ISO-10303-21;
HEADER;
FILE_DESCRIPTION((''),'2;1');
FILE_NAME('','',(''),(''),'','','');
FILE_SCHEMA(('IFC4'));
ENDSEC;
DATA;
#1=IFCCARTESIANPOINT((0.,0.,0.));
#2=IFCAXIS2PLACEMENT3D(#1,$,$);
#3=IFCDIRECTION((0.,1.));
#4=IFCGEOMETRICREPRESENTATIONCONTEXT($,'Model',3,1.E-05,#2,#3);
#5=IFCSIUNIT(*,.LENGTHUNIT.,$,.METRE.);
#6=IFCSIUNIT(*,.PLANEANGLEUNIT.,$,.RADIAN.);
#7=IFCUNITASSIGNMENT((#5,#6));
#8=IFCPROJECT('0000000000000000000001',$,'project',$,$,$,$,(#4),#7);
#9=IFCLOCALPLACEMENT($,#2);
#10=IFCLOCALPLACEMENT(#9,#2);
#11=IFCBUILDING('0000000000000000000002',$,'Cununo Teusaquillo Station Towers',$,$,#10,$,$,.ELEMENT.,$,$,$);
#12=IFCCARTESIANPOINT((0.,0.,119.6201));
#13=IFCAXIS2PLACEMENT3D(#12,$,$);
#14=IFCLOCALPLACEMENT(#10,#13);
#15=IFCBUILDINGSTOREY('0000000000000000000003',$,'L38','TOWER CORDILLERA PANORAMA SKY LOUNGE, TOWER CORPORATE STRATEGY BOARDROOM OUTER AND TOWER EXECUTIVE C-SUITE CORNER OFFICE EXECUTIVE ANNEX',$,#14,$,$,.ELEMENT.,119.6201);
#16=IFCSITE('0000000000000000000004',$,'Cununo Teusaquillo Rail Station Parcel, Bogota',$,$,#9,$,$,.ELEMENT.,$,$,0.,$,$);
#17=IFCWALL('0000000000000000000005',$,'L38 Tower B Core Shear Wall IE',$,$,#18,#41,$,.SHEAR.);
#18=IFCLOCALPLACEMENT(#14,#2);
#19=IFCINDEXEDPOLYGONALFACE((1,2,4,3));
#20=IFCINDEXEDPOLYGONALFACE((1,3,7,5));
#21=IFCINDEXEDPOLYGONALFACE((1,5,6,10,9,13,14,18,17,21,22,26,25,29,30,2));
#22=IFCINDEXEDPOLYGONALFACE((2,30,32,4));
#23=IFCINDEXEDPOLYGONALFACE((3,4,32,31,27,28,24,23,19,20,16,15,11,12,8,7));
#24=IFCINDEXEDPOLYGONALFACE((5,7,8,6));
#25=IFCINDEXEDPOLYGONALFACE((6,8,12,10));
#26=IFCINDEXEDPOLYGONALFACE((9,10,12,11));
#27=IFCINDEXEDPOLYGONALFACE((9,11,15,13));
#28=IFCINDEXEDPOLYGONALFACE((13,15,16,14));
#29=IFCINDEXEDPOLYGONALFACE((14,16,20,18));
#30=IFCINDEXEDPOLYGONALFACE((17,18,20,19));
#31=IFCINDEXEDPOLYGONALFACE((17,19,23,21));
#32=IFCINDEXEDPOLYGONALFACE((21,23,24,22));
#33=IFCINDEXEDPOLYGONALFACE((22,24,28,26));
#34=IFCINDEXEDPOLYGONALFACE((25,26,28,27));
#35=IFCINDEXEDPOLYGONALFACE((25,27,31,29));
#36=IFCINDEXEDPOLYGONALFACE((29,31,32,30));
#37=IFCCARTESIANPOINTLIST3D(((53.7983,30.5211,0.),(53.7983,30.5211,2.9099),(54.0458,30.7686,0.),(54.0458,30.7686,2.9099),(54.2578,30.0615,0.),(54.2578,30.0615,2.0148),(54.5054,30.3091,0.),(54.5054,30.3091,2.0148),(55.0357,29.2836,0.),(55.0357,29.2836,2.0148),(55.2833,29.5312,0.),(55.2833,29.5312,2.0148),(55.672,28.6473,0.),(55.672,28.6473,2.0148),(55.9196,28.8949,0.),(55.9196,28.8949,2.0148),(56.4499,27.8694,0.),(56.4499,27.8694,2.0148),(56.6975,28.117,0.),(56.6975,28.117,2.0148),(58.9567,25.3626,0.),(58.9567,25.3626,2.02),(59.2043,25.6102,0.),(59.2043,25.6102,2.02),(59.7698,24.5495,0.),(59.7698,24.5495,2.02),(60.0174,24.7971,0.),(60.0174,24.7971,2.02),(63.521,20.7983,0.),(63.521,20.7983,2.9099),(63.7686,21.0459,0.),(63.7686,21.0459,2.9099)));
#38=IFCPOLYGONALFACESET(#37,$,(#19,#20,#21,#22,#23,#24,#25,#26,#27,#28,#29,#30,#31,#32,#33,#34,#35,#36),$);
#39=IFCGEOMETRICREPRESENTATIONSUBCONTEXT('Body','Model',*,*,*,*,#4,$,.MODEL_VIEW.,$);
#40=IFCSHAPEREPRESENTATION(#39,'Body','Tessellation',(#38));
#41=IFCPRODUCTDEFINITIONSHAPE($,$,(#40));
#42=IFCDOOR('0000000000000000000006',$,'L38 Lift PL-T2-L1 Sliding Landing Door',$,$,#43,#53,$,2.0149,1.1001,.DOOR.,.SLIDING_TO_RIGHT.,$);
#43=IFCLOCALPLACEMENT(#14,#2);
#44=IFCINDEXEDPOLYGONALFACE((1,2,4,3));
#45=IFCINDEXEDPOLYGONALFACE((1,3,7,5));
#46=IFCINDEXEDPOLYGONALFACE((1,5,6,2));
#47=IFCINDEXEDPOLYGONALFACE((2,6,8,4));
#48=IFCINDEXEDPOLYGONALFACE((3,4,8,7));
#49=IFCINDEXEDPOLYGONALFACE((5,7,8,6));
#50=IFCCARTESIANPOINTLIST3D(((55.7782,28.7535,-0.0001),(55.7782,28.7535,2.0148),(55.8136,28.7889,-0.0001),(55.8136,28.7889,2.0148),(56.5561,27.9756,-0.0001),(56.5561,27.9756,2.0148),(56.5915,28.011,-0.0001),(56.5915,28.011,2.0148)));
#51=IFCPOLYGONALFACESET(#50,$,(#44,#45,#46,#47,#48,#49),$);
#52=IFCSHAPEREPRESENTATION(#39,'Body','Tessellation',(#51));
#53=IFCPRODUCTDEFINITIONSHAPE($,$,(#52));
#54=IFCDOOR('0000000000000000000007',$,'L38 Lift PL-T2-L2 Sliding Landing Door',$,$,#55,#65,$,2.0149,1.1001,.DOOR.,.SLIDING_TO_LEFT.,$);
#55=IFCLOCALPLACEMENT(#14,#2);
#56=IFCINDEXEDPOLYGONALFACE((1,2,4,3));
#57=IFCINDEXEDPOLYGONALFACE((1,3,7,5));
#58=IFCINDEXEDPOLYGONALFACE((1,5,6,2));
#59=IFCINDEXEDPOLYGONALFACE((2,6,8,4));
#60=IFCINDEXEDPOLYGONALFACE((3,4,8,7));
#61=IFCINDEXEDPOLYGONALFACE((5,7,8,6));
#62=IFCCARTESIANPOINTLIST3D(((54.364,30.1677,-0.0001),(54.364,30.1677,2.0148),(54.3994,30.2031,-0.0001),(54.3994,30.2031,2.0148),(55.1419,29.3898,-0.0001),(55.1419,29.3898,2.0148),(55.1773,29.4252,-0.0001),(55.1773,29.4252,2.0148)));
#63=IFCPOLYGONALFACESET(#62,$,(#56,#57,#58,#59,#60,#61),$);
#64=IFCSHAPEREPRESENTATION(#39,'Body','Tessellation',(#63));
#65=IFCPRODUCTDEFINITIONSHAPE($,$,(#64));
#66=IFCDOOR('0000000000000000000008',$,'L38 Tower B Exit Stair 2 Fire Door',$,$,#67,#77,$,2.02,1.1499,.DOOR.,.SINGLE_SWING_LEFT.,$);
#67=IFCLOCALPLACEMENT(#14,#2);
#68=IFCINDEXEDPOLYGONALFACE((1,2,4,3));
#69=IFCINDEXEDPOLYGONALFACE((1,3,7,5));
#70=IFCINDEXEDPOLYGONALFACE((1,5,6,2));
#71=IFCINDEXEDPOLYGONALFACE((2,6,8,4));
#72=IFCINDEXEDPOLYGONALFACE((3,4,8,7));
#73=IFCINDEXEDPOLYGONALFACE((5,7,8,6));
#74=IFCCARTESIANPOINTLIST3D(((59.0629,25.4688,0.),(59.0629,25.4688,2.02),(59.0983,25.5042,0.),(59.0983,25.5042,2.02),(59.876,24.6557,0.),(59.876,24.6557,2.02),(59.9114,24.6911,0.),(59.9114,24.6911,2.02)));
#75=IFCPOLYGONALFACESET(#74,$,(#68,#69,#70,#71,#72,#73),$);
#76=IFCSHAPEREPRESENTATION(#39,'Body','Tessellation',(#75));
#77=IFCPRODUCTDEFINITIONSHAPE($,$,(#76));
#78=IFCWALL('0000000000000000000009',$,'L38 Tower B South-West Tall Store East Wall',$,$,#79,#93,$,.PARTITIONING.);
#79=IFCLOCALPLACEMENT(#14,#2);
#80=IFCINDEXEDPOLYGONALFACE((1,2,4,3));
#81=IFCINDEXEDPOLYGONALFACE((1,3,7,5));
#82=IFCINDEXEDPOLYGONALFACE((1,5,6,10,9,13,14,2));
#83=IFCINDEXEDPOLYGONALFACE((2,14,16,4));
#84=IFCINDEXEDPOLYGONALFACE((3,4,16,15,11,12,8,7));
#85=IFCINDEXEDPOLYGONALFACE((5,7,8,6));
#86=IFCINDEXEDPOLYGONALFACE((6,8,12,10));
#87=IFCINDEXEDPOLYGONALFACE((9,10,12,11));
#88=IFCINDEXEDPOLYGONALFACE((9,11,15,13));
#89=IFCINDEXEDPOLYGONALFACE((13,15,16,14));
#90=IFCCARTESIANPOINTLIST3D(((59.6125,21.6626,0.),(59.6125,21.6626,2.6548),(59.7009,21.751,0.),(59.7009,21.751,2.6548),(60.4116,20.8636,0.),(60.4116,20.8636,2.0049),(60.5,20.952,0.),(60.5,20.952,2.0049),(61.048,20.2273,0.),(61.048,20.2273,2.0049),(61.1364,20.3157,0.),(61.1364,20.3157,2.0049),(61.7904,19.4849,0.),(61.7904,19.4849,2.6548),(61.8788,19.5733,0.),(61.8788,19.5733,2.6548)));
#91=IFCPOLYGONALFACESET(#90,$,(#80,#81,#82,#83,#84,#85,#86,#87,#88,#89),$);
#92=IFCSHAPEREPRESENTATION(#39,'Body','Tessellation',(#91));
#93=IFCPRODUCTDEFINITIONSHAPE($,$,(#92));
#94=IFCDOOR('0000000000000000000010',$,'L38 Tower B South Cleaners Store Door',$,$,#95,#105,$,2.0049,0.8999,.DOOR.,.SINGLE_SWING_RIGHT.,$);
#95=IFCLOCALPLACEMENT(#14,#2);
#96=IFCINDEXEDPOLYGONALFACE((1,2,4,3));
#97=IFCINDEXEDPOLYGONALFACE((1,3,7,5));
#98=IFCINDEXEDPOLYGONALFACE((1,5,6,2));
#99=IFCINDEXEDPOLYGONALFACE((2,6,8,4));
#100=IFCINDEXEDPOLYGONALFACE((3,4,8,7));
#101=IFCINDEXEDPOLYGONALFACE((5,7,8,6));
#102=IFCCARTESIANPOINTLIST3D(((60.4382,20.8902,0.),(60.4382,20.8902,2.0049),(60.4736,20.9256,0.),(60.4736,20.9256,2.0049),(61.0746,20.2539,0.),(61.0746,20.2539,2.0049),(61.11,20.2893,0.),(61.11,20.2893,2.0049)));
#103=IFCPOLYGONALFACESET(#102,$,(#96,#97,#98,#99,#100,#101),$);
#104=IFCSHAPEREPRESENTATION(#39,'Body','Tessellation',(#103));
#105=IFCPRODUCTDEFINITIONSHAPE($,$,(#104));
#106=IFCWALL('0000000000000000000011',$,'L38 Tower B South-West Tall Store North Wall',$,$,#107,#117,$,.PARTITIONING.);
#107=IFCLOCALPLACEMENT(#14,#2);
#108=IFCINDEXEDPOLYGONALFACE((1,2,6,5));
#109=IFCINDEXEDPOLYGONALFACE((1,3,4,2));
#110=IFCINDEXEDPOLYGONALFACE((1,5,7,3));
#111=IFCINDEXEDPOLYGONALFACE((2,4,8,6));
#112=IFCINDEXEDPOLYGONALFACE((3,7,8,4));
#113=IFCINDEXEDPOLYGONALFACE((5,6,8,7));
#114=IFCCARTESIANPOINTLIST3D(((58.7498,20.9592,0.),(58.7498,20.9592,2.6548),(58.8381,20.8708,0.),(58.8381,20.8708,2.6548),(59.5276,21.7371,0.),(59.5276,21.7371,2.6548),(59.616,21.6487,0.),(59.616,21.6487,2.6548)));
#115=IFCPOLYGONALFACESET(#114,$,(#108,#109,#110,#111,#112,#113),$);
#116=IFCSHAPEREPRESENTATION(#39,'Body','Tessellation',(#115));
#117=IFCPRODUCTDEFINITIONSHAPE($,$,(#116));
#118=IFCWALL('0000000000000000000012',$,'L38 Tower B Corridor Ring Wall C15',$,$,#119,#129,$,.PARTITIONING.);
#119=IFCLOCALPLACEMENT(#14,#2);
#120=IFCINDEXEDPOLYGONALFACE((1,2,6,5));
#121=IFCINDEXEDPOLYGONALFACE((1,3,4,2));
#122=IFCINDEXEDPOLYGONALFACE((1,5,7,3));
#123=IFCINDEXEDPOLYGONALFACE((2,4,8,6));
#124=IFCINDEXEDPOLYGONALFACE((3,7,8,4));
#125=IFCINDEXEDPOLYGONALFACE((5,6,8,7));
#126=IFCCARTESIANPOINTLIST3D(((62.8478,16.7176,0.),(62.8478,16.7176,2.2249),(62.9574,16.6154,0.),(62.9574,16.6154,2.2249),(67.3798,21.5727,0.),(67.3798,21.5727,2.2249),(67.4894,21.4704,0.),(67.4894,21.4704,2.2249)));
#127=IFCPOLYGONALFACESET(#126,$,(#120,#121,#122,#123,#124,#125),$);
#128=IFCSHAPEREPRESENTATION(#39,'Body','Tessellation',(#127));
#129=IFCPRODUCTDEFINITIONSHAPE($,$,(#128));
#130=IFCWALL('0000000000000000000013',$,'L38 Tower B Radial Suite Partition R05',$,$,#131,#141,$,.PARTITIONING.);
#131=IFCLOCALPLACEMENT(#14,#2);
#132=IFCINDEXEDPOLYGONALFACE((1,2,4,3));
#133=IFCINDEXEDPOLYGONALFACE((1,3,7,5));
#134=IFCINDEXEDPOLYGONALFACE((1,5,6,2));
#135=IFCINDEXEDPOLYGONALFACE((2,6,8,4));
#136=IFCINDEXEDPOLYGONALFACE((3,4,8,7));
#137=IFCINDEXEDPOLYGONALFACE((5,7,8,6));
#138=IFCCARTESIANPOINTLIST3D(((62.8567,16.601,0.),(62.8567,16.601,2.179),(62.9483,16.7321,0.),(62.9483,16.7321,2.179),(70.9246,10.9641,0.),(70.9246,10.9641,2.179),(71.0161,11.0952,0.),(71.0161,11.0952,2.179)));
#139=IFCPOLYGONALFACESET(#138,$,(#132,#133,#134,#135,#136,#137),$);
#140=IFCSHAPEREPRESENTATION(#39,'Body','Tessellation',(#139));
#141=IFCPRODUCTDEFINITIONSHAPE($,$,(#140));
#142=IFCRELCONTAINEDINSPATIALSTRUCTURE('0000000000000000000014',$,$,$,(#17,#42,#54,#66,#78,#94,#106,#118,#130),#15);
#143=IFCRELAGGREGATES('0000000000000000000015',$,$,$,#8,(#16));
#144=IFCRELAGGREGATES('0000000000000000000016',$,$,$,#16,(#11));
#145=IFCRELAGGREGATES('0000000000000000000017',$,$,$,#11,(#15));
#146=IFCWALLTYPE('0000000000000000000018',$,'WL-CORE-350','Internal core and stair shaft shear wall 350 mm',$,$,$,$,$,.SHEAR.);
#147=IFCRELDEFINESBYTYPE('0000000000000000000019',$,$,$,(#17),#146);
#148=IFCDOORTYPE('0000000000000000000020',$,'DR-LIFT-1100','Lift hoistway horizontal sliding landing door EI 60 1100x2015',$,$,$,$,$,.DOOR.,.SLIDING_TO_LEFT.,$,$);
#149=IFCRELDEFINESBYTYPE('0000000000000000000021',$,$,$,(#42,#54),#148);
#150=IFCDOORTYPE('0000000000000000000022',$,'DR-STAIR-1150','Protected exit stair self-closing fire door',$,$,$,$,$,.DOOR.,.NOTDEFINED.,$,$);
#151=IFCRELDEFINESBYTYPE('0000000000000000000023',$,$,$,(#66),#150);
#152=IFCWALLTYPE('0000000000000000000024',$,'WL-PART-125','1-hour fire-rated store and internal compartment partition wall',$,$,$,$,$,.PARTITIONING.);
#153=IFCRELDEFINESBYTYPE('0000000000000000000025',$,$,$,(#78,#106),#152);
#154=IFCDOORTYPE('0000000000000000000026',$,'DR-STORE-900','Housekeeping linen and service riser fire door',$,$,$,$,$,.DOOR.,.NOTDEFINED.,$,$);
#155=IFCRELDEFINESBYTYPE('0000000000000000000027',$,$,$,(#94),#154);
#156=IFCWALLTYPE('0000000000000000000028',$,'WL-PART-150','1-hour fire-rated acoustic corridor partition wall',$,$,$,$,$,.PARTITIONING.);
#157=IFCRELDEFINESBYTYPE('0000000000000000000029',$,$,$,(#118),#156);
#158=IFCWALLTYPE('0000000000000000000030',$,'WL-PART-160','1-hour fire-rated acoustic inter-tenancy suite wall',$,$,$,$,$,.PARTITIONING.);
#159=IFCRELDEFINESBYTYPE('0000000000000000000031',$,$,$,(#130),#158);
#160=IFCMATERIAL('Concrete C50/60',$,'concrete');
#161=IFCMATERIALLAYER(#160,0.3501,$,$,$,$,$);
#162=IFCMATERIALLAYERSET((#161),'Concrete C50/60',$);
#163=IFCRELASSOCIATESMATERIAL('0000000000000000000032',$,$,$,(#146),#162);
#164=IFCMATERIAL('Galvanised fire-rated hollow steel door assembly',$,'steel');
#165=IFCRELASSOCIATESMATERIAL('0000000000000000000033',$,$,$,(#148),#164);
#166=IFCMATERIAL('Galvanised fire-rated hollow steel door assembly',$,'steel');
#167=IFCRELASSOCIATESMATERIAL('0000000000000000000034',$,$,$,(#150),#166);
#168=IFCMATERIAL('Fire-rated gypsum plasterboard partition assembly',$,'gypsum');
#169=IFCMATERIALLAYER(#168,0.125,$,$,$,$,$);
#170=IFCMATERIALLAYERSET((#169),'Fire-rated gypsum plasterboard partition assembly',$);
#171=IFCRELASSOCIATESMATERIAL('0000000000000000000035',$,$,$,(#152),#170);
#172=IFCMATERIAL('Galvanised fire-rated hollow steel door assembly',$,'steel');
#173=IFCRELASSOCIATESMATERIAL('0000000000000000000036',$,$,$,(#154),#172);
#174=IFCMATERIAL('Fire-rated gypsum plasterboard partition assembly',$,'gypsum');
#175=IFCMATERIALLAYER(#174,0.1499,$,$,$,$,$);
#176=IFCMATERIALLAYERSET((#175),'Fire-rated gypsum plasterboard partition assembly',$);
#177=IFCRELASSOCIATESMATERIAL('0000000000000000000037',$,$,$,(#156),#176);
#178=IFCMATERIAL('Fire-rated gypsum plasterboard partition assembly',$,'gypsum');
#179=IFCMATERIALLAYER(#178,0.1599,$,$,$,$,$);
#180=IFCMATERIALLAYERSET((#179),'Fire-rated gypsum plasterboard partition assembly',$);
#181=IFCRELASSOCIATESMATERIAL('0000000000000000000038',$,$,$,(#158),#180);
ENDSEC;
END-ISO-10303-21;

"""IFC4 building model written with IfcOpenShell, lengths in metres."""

from ifc_helpers import new_model, si_unit, direction, frame, frame_2d, origin, place, context, subcontext, project, spatial, rectangle, extrude, source, transform, mapped, material, layer, layer_set, type_object, element, fill, save


model = new_model("IFC4")

# Units and contexts
model_context = context("Model", 3, precision=1e-05, world=origin(), true_north=direction((0.0, 1.0)))
body_context = subcontext(model_context, "Body", "Model", "MODEL_VIEW")
ifc_project = project(units=[si_unit("LENGTHUNIT", "METRE"), si_unit("PLANEANGLEUNIT", "RADIAN")], contexts=[model_context])

# Site, building, storey
site_placement = place(None, origin())
site = spatial("IfcSite", under=ifc_project, at=site_placement, Name="Cununo Teusaquillo Rail Station Parcel, Bogota", CompositionType="ELEMENT", RefElevation=0.0)
building_placement = place(site_placement, origin())
building = spatial("IfcBuilding", under=site, at=building_placement, Name="Cununo Teusaquillo Station Towers", CompositionType="ELEMENT")
storey_placement = place(building_placement, frame((0.0, 0.0, 119.6201)))
storey = spatial("IfcBuildingStorey", under=building, at=storey_placement, Name="L38", Description="TOWER CORDILLERA PANORAMA SKY LOUNGE, TOWER CORPORATE STRATEGY BOARDROOM OUTER AND TOWER EXECUTIVE C-SUITE CORNER OFFICE EXECUTIVE ANNEX", CompositionType="ELEMENT", Elevation=119.6201)

# Wall, openings, doors
ifc_material_1 = material(Name="Concrete C50/60", Category="concrete")
ifc_layer_1 = layer(ifc_material_1, 0.3501)
ifc_layer_set_1 = layer_set([ifc_layer_1], Name="Concrete C50/60")
wall_type_1 = type_object("IfcWallType", Name="WL-CORE-350", Description="Internal core and stair shaft shear wall 350 mm", PredefinedType="SHEAR", material=ifc_layer_set_1)
shared_shape_1 = source(origin(), body_context, "Body", "SweptSolid", [
    extrude(rectangle(XDim=1.1001, YDim=2.0149, at=frame_2d((0.55, 1.0073))), frame((0.0, 0.1851, 0.0), z_axis=(0.0, -1.0, 0.0), x_axis=(1.0, 0.0, 0.0)), (0.0, 0.0, 1.0), 0.3701),
])
shared_shape_2 = source(origin(), body_context, "Body", "SweptSolid", [
    extrude(rectangle(XDim=1.1499, YDim=2.02, at=frame_2d((0.575, 1.01))), frame((0.0, 0.1851, 0.0), z_axis=(0.0, -1.0, 0.0), x_axis=(1.0, 0.0, 0.0)), (0.0, 0.0, 1.0), 0.3701),
])
ifc_material_2 = material(Name="Galvanised fire-rated hollow steel door assembly", Category="steel")
door_type_1 = type_object("IfcDoorType", Name="DR-LIFT-1100", Description="Lift hoistway horizontal sliding landing door EI 60 1100x2015", OperationType="SLIDING_TO_LEFT", PredefinedType="DOOR", material=ifc_material_2)
shared_shape_3 = source(origin(), body_context, "Body", "SweptSolid", [
    extrude(rectangle(XDim=1.1001, YDim=2.0149, at=frame_2d((0.55, 1.0073))), frame((0.0, 0.0249, 0.0), z_axis=(0.0, -1.0, 0.0), x_axis=(1.0, 0.0, 0.0)), (0.0, 0.0, 1.0), 0.05),
])
ifc_material_3 = material(Name="Galvanised fire-rated hollow steel door assembly", Category="steel")
door_type_2 = type_object("IfcDoorType", Name="DR-STAIR-1150", Description="Protected exit stair self-closing fire door", OperationType="NOTDEFINED", PredefinedType="DOOR", material=ifc_material_3)
shared_shape_4 = source(origin(), body_context, "Body", "SweptSolid", [
    extrude(rectangle(XDim=1.1499, YDim=2.02, at=frame_2d((0.575, 1.01))), frame((0.0, 0.0249, 0.0), z_axis=(0.0, -1.0, 0.0), x_axis=(1.0, 0.0, 0.0)), (0.0, 0.0, 1.0), 0.05),
])
wall_1_placement = place(storey_placement, frame((63.6448, 20.9221, 0.0), z_axis=(0.0, 0.0, 1.0), x_axis=(-0.707107, 0.707107, 0.0)))
wall_1 = element("IfcWall", 1, at=wall_1_placement, inside=storey, type_object=wall_type_1, Name="L38 Tower B Core Shear Wall IE", PredefinedType="SHEAR", context=body_context, shape_type="SweptSolid", body=[
    extrude(rectangle(XDim=13.75, YDim=0.3501, at=frame_2d((6.875, 0.0))), origin(), (0.0, 0.0, 1.0), 2.9099),
])
opening_1_placement = place(wall_1_placement, frame((10.0, 0.0, 0.0)))
opening_1 = element("IfcOpeningElement", 2, at=opening_1_placement, cuts=wall_1, PredefinedType="OPENING", context=body_context, shape_type="MappedRepresentation", body=[
    mapped(shared_shape_1, transform((0.0, 0.0, 0.0), x_axis=(1.0, 0.0, 0.0), y_axis=(0.0, 1.0, 0.0), z_axis=(0.0, 0.0, 1.0), scale=1.0)),
])
opening_2_placement = place(wall_1_placement, frame((12.0, 0.0, 0.0)))
opening_2 = element("IfcOpeningElement", 3, at=opening_2_placement, cuts=wall_1, PredefinedType="OPENING", context=body_context, shape_type="MappedRepresentation", body=[
    mapped(shared_shape_1, transform((0.0, 0.0, 0.0), x_axis=(1.0, 0.0, 0.0), y_axis=(0.0, 1.0, 0.0), z_axis=(0.0, 0.0, 1.0), scale=1.0)),
])
opening_3_placement = place(wall_1_placement, frame((5.3049, 0.0, 0.0)))
opening_3 = element("IfcOpeningElement", 4, at=opening_3_placement, cuts=wall_1, PredefinedType="OPENING", context=body_context, shape_type="MappedRepresentation", body=[
    mapped(shared_shape_2, transform((0.0, 0.0, 0.0), x_axis=(1.0, 0.0, 0.0), y_axis=(0.0, 1.0, 0.0), z_axis=(0.0, 0.0, 1.0), scale=1.0)),
])
door_1_placement = place(opening_1_placement, origin())
door_1 = element("IfcDoor", 5, at=door_1_placement, inside=storey, type_object=door_type_1, Name="L38 Lift PL-T2-L1 Sliding Landing Door", OperationType="SLIDING_TO_RIGHT", OverallHeight=2.0149, OverallWidth=1.1001, PredefinedType="DOOR", context=body_context, shape_type="MappedRepresentation", body=[
    mapped(shared_shape_3, transform((0.0, 0.0, 0.0), x_axis=(1.0, 0.0, 0.0), y_axis=(0.0, 1.0, 0.0), z_axis=(0.0, 0.0, 1.0), scale=1.0)),
])
fill(opening_1, door_1)
door_2_placement = place(opening_2_placement, origin())
door_2 = element("IfcDoor", 6, at=door_2_placement, inside=storey, type_object=door_type_1, Name="L38 Lift PL-T2-L2 Sliding Landing Door", OperationType="SLIDING_TO_LEFT", OverallHeight=2.0149, OverallWidth=1.1001, PredefinedType="DOOR", context=body_context, shape_type="MappedRepresentation", body=[
    mapped(shared_shape_3, transform((0.0, 0.0, 0.0), x_axis=(1.0, 0.0, 0.0), y_axis=(0.0, 1.0, 0.0), z_axis=(0.0, 0.0, 1.0), scale=1.0)),
])
fill(opening_2, door_2)
door_3_placement = place(opening_3_placement, origin())
door_3 = element("IfcDoor", 7, at=door_3_placement, inside=storey, type_object=door_type_2, Name="L38 Tower B Exit Stair 2 Fire Door", OperationType="SINGLE_SWING_LEFT", OverallHeight=2.02, OverallWidth=1.1499, PredefinedType="DOOR", context=body_context, shape_type="MappedRepresentation", body=[
    mapped(shared_shape_4, transform((0.0, 0.0, 0.0), x_axis=(1.0, 0.0, 0.0), y_axis=(0.0, 1.0, 0.0), z_axis=(0.0, 0.0, 1.0), scale=1.0)),
])
fill(opening_3, door_3)

# Wall, opening, door
ifc_material_4 = material(Name="Fire-rated gypsum plasterboard partition assembly", Category="gypsum")
ifc_layer_2 = layer(ifc_material_4, 0.125)
ifc_layer_set_2 = layer_set([ifc_layer_2], Name="Fire-rated gypsum plasterboard partition assembly")
wall_type_2 = type_object("IfcWallType", Name="WL-PART-125", Description="1-hour fire-rated store and internal compartment partition wall", PredefinedType="PARTITIONING", material=ifc_layer_set_2)
wall_2_placement = place(storey_placement, frame((61.8347, 19.5291, 0.0), z_axis=(0.0, 0.0, 1.0), x_axis=(-0.707146, 0.707067, 0.0)))
wall_2 = element("IfcWall", 8, at=wall_2_placement, inside=storey, type_object=wall_type_2, Name="L38 Tower B South-West Tall Store East Wall", PredefinedType="PARTITIONING", context=body_context, shape_type="SweptSolid", body=[
    extrude(rectangle(XDim=3.0798, YDim=0.125, at=frame_2d((1.54, 0.0))), origin(), (0.0, 0.0, 1.0), 2.6548),
])
shared_shape_5 = source(origin(), body_context, "Body", "SweptSolid", [
    extrude(rectangle(XDim=0.8999, YDim=2.0049, at=frame_2d((0.45, 1.0024))), frame((0.0, 0.0725, 0.0), z_axis=(0.0, -1.0, 0.0), x_axis=(1.0, 0.0, 0.0)), (0.0, 0.0, 1.0), 0.145),
])
opening_4_placement = place(wall_2_placement, frame((1.05, 0.0, 0.0)))
opening_4 = element("IfcOpeningElement", 9, at=opening_4_placement, cuts=wall_2, PredefinedType="OPENING", context=body_context, shape_type="MappedRepresentation", body=[
    mapped(shared_shape_5, transform((0.0, 0.0, 0.0), x_axis=(1.0, 0.0, 0.0), y_axis=(0.0, 1.0, 0.0), z_axis=(0.0, 0.0, 1.0), scale=1.0)),
])
ifc_material_5 = material(Name="Galvanised fire-rated hollow steel door assembly", Category="steel")
door_type_3 = type_object("IfcDoorType", Name="DR-STORE-900", Description="Housekeeping linen and service riser fire door", OperationType="NOTDEFINED", PredefinedType="DOOR", material=ifc_material_5)
shared_shape_6 = source(origin(), body_context, "Body", "SweptSolid", [
    extrude(rectangle(XDim=0.8999, YDim=2.0049, at=frame_2d((0.45, 1.0024))), frame((0.0, 0.0249, 0.0), z_axis=(0.0, -1.0, 0.0), x_axis=(1.0, 0.0, 0.0)), (0.0, 0.0, 1.0), 0.05),
])
door_4_placement = place(opening_4_placement, origin())
door_4 = element("IfcDoor", 10, at=door_4_placement, inside=storey, type_object=door_type_3, Name="L38 Tower B South Cleaners Store Door", OperationType="SINGLE_SWING_RIGHT", OverallHeight=2.0049, OverallWidth=0.8999, PredefinedType="DOOR", context=body_context, shape_type="MappedRepresentation", body=[
    mapped(shared_shape_6, transform((0.0, 0.0, 0.0), x_axis=(1.0, 0.0, 0.0), y_axis=(0.0, 1.0, 0.0), z_axis=(0.0, 0.0, 1.0), scale=1.0)),
])
fill(opening_4, door_4)

# Walls
wall_3_placement = place(storey_placement, frame((58.7939, 20.915, 0.0), z_axis=(0.0, 0.0, 1.0), x_axis=(0.707107, 0.707107, 0.0)))
element("IfcWall", 11, at=wall_3_placement, inside=storey, type_object=wall_type_2, Name="L38 Tower B South-West Tall Store North Wall", PredefinedType="PARTITIONING", context=body_context, shape_type="SweptSolid", body=[
    extrude(rectangle(XDim=1.1001, YDim=0.125, at=frame_2d((0.55, 0.0))), origin(), (0.0, 0.0, 1.0), 2.6548),
])
ifc_material_6 = material(Name="Fire-rated gypsum plasterboard partition assembly", Category="gypsum")
ifc_layer_3 = layer(ifc_material_6, 0.1499)
ifc_layer_set_3 = layer_set([ifc_layer_3], Name="Fire-rated gypsum plasterboard partition assembly")
wall_type_3 = type_object("IfcWallType", Name="WL-PART-150", Description="1-hour fire-rated acoustic corridor partition wall", PredefinedType="PARTITIONING", material=ifc_layer_set_3)
wall_4_placement = place(storey_placement, frame((62.9026, 16.6665, 0.0), z_axis=(0.0, 0.0, 1.0), x_axis=(0.682372, 0.731005, 0.0)))
element("IfcWall", 12, at=wall_4_placement, inside=storey, type_object=wall_type_3, Name="L38 Tower B Corridor Ring Wall C15", PredefinedType="PARTITIONING", context=body_context, shape_type="SweptSolid", body=[
    extrude(rectangle(XDim=6.6416, YDim=0.1499, at=frame_2d((3.3208, 0.0))), origin(), (0.0, 0.0, 1.0), 2.2249),
])
ifc_material_7 = material(Name="Fire-rated gypsum plasterboard partition assembly", Category="gypsum")
ifc_layer_4 = layer(ifc_material_7, 0.1599)
ifc_layer_set_4 = layer_set([ifc_layer_4], Name="Fire-rated gypsum plasterboard partition assembly")
wall_type_4 = type_object("IfcWallType", Name="WL-PART-160", Description="1-hour fire-rated acoustic inter-tenancy suite wall", PredefinedType="PARTITIONING", material=ifc_layer_set_4)
wall_5_placement = place(storey_placement, frame((62.9026, 16.6665, 0.0), z_axis=(0.0, 0.0, 1.0), x_axis=(0.819735, -0.572743, 0.0)))
element("IfcWall", 13, at=wall_5_placement, inside=storey, type_object=wall_type_4, Name="L38 Tower B Radial Suite Partition R05", PredefinedType="PARTITIONING", context=body_context, shape_type="SweptSolid", body=[
    extrude(rectangle(XDim=9.842, YDim=0.1599, at=frame_2d((4.9209, 0.0))), origin(), (0.0, 0.0, 1.0), 2.179),
])

save(model, "model.ifc")
